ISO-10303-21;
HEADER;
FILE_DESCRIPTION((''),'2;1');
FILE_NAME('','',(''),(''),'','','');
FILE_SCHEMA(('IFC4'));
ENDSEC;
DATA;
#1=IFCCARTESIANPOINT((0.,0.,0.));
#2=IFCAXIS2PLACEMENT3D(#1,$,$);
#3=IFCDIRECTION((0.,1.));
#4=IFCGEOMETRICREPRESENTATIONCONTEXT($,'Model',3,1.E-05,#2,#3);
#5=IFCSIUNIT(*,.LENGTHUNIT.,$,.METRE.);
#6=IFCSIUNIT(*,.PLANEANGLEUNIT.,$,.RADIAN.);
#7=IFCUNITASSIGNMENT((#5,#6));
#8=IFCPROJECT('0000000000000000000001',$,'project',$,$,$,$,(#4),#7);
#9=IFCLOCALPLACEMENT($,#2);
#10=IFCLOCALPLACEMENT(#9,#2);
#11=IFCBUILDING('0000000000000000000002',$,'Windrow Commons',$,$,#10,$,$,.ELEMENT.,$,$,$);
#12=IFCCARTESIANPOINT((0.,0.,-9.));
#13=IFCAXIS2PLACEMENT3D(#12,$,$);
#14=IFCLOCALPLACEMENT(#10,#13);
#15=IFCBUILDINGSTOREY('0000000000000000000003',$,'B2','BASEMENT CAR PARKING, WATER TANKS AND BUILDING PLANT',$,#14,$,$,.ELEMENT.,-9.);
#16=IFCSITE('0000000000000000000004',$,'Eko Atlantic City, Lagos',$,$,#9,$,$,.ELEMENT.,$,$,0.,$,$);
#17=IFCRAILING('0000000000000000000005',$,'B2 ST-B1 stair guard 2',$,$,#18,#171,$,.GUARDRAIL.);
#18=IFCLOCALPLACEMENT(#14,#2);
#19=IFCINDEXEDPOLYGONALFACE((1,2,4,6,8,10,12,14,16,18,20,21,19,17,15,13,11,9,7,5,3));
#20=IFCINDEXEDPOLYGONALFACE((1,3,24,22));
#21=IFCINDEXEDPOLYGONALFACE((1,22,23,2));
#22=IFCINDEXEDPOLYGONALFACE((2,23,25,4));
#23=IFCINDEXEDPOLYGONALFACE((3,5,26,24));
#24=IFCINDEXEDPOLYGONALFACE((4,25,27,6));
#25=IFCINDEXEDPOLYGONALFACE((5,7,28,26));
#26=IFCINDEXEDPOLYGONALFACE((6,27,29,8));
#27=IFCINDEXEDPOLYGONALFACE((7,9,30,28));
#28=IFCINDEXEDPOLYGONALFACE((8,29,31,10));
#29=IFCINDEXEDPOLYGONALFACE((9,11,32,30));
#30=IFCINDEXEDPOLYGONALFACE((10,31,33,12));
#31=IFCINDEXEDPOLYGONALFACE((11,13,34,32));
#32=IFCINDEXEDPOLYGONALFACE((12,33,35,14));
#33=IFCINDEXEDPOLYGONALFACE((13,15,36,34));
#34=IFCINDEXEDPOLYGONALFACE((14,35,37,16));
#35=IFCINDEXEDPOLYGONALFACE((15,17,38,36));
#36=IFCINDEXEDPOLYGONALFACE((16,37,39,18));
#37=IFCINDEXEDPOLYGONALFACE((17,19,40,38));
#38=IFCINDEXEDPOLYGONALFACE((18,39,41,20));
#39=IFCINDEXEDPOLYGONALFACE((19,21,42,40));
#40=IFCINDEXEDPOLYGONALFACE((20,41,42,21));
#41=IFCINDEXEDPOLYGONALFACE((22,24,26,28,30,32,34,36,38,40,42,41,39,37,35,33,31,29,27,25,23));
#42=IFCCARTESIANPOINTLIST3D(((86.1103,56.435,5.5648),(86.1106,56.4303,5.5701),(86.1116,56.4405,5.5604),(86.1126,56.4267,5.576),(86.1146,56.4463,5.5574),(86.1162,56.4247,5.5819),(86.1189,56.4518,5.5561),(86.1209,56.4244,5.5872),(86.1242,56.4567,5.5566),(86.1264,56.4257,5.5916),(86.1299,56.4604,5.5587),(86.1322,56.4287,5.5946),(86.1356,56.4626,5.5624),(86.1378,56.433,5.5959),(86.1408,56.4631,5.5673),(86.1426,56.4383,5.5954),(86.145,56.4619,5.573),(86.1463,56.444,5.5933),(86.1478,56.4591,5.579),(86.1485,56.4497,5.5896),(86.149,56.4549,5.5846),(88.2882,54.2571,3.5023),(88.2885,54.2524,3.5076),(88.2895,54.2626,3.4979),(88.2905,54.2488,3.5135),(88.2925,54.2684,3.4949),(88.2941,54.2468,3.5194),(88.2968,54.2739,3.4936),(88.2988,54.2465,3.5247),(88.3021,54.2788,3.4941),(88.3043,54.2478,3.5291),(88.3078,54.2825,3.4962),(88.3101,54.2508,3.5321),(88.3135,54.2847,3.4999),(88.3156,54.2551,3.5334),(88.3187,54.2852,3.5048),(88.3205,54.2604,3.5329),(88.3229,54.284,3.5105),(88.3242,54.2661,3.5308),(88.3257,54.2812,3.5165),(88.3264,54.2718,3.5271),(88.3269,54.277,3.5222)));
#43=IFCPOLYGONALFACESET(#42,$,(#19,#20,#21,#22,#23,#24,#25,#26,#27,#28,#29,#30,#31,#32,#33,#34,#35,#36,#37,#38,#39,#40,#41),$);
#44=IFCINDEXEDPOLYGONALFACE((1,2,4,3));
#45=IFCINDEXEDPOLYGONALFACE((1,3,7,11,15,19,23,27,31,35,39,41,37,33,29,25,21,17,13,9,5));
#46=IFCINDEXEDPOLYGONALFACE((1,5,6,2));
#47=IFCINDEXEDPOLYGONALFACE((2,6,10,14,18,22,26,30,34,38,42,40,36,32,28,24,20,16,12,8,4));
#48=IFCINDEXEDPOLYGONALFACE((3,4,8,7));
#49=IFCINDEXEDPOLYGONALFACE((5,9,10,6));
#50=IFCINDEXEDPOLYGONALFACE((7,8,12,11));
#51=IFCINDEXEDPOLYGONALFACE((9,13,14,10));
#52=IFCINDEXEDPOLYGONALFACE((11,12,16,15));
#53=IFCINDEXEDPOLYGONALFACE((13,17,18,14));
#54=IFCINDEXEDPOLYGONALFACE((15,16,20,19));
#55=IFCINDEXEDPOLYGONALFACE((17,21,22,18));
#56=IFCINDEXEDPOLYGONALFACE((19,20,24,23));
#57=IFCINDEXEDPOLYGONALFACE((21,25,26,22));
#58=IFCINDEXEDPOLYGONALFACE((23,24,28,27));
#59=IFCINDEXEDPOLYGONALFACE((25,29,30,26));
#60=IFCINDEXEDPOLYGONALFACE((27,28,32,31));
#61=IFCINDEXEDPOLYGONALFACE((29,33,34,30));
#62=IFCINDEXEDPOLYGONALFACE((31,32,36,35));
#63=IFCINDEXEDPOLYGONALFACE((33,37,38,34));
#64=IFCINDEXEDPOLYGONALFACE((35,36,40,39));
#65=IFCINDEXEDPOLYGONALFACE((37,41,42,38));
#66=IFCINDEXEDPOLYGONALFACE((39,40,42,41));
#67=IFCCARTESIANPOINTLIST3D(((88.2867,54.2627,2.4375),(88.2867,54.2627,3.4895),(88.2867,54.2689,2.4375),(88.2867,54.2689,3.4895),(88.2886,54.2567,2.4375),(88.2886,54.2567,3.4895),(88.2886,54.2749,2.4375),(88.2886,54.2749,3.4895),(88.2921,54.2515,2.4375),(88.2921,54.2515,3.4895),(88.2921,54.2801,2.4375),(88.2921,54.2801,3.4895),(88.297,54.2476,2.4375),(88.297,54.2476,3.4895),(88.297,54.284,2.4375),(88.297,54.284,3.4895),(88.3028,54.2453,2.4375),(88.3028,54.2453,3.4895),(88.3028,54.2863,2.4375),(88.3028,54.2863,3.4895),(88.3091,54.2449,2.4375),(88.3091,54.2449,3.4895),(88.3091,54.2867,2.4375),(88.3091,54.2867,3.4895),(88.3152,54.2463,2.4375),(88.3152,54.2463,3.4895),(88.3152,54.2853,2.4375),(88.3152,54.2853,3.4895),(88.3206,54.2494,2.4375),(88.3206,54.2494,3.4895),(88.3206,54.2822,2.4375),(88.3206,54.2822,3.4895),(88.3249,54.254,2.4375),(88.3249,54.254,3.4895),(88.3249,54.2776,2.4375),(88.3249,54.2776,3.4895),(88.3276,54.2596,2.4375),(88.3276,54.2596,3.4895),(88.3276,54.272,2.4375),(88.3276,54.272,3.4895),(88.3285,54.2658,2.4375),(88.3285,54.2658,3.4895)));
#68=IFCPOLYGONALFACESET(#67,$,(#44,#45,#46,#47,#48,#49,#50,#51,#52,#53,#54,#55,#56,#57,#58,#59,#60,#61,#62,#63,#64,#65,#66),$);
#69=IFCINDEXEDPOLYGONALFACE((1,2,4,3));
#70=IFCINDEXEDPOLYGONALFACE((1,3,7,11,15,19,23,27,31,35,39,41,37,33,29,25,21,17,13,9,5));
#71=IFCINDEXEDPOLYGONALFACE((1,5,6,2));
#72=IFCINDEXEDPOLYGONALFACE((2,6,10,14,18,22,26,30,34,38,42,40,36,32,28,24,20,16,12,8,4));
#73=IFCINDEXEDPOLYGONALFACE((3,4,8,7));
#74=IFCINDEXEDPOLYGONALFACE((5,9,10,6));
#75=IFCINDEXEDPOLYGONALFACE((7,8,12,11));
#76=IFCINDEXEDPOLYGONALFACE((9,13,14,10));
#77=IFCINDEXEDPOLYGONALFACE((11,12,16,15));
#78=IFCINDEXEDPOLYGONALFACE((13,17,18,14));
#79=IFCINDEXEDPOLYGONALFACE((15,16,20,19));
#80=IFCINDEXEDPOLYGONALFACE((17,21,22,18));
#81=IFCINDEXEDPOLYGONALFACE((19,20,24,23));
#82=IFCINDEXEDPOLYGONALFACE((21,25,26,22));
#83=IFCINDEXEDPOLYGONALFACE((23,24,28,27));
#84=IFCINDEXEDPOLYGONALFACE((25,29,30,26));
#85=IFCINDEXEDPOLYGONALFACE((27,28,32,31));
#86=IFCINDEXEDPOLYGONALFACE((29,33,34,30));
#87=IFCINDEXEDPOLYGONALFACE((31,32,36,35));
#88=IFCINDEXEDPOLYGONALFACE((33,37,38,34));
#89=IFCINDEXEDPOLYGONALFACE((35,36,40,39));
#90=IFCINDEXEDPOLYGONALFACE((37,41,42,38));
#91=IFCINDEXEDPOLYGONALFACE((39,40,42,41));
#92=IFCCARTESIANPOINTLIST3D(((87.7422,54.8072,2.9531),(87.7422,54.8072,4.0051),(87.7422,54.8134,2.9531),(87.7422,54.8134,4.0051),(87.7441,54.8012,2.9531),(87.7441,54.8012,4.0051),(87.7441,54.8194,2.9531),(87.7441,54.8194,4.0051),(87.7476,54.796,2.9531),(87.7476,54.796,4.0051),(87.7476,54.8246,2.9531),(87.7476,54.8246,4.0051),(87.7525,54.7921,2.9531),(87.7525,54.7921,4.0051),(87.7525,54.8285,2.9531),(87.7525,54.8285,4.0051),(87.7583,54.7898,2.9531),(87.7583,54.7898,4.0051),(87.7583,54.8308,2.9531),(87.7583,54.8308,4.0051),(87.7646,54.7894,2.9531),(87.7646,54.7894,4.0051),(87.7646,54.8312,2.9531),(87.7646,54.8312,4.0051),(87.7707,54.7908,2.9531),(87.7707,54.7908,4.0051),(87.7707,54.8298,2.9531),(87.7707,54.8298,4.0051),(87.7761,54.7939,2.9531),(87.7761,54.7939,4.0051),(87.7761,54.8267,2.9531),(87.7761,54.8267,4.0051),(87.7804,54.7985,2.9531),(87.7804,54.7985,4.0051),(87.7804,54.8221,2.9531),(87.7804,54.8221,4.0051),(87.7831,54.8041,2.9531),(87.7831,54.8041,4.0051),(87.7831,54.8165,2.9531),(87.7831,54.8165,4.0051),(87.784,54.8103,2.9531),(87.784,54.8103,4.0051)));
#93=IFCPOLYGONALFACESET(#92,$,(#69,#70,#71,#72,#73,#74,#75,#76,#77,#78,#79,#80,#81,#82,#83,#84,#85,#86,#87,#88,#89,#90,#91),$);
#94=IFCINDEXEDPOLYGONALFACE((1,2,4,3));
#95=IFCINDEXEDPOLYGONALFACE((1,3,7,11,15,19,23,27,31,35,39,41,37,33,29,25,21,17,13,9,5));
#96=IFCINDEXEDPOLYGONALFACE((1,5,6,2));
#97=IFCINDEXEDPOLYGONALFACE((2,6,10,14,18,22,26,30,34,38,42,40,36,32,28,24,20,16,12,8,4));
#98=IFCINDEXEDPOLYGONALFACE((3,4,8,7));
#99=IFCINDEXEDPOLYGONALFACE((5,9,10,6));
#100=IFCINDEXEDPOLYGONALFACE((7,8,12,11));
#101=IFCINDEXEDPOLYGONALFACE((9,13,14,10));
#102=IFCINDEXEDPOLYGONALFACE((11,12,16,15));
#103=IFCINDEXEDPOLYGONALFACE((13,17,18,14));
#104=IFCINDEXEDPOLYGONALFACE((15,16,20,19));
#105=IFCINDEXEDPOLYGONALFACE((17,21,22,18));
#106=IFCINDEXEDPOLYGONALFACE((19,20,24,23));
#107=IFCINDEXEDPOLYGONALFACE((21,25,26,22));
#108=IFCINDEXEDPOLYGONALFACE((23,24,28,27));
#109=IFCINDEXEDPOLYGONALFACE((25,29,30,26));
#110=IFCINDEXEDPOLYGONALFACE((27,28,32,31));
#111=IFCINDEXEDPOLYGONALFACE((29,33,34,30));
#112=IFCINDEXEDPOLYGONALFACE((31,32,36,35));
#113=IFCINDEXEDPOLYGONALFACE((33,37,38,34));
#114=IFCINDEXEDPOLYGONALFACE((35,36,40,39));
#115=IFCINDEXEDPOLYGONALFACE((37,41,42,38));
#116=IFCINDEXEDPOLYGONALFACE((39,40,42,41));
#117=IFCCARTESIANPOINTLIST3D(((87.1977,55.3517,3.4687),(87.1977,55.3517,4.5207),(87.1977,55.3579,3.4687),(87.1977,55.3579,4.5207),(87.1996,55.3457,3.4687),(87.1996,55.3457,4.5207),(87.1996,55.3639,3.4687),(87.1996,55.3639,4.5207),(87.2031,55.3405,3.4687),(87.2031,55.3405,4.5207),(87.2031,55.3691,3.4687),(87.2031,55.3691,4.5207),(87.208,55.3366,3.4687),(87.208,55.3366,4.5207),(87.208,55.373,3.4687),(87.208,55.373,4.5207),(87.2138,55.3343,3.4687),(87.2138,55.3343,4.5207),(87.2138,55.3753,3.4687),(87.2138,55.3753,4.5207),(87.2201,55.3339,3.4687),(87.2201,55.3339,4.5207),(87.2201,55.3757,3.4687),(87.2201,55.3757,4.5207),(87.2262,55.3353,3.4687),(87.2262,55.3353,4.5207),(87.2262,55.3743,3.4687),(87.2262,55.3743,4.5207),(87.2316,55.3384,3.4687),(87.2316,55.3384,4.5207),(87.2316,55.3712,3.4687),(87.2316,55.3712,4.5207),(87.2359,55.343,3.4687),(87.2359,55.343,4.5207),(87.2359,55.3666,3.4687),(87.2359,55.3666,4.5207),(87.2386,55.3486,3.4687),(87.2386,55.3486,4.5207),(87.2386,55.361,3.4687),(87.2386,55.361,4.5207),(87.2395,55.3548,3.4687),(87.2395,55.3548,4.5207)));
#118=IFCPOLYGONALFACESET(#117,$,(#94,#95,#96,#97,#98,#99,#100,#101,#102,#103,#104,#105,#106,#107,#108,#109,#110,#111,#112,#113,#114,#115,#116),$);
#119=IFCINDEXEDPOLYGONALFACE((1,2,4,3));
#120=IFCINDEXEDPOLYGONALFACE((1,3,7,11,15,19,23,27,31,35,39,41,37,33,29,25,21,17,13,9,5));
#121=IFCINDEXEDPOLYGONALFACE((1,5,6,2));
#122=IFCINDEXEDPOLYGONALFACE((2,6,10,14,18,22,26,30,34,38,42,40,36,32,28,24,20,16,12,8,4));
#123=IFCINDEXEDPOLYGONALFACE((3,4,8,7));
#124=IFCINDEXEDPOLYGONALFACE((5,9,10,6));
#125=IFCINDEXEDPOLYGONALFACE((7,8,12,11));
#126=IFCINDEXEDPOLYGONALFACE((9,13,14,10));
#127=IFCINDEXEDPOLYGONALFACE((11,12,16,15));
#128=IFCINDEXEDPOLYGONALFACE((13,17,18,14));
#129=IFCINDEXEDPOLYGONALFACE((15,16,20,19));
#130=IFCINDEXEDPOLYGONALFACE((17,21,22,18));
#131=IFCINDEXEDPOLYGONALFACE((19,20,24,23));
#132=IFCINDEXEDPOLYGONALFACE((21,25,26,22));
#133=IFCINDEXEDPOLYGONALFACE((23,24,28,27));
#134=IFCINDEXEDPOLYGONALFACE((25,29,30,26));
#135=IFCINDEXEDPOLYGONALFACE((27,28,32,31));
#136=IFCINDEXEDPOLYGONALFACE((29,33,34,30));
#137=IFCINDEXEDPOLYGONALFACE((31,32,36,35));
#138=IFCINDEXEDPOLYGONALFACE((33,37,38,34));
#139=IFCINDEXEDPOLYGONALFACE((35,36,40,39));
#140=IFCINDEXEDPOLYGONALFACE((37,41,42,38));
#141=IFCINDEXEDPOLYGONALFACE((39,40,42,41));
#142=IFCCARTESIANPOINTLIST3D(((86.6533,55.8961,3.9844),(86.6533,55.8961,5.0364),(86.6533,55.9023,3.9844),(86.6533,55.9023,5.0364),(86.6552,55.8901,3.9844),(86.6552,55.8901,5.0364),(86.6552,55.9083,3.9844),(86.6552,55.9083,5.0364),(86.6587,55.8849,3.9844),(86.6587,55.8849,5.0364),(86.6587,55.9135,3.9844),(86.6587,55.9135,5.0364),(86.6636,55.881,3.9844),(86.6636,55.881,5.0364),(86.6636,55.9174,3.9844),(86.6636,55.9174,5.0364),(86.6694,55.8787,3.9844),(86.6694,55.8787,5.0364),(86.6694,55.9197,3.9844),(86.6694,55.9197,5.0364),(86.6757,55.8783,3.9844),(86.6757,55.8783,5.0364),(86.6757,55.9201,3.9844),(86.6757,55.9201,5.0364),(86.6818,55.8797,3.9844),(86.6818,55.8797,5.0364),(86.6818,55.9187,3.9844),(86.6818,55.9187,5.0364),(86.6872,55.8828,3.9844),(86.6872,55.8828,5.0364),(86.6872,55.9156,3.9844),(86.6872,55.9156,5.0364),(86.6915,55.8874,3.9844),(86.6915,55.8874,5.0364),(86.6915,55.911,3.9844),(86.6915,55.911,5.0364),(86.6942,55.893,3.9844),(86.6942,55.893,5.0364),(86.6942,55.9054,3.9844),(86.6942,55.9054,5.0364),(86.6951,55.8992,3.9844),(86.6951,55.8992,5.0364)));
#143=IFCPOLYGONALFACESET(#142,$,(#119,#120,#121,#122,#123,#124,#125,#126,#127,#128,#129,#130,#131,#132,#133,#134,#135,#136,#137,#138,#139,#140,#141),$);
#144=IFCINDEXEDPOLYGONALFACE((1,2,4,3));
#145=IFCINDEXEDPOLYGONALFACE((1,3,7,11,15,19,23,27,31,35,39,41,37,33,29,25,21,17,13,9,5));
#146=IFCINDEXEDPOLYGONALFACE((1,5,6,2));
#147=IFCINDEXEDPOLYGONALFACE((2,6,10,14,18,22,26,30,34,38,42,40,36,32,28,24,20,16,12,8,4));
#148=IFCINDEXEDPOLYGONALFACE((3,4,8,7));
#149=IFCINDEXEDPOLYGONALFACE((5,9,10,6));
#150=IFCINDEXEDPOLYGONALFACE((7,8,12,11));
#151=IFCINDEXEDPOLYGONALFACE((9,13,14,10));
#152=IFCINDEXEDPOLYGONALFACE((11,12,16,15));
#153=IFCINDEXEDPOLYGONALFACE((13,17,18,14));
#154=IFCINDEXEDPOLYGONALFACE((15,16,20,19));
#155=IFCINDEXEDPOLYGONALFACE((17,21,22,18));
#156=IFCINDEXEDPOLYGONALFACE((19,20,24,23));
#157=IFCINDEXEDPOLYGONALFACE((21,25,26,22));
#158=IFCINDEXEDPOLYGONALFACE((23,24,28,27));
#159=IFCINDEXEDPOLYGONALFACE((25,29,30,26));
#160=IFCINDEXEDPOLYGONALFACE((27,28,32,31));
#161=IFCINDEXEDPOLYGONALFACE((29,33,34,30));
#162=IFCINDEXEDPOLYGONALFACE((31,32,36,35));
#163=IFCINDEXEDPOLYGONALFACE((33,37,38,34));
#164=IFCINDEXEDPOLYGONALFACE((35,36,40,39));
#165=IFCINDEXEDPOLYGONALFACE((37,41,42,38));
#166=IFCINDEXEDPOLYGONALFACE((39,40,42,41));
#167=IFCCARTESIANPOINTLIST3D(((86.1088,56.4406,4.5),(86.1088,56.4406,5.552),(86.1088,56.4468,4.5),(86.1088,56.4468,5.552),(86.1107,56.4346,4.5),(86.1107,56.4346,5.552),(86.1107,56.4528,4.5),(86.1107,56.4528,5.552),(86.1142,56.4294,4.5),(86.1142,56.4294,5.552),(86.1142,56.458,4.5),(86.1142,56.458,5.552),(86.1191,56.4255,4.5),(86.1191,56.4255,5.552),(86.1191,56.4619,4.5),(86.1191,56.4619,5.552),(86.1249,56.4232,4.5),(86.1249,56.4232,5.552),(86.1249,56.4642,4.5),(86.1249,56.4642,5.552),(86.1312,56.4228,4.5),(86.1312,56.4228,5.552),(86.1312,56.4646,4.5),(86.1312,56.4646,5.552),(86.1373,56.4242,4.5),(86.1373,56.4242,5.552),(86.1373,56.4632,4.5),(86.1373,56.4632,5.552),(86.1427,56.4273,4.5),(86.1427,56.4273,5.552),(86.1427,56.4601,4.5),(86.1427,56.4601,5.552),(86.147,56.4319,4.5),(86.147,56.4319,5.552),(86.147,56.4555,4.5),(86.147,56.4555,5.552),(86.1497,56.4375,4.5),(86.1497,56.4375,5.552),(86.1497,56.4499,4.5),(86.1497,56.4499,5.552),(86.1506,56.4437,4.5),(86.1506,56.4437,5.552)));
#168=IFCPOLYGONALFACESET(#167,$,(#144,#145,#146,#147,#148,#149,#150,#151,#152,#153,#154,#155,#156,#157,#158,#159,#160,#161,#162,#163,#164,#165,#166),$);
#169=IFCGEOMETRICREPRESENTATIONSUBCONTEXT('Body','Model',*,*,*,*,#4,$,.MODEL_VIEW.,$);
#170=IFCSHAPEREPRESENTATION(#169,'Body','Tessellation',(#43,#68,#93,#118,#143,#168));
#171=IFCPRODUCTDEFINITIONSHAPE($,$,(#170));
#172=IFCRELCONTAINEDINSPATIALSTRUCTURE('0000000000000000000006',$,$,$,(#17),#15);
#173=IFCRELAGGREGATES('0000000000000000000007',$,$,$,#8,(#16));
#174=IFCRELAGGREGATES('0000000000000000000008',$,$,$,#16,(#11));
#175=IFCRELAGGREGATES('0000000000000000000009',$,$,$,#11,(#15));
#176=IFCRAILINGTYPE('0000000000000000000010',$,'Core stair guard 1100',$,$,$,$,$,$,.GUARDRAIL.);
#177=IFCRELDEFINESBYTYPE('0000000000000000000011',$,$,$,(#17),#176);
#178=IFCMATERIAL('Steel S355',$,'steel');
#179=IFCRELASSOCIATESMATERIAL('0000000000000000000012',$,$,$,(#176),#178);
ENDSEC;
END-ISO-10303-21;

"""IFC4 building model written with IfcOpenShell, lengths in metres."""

from ifc_helpers import new_model, si_unit, direction, frame, origin, origin_2d, place, context, subcontext, project, spatial, circle, extrude, material, type_object, element, save


model = new_model("IFC4")

# Units and contexts
model_context = context("Model", 3, precision=1e-05, world=origin(), true_north=direction((0.0, 1.0)))
body_context = subcontext(model_context, "Body", "Model", "MODEL_VIEW")
ifc_project = project(units=[si_unit("LENGTHUNIT", "METRE"), si_unit("PLANEANGLEUNIT", "RADIAN")], contexts=[model_context])

# Site, building, storey
site_placement = place(None, origin())
site = spatial("IfcSite", under=ifc_project, at=site_placement, Name="Eko Atlantic City, Lagos", CompositionType="ELEMENT", RefElevation=0.0)
building_placement = place(site_placement, origin())
building = spatial("IfcBuilding", under=site, at=building_placement, Name="Windrow Commons", CompositionType="ELEMENT")
storey_placement = place(building_placement, frame((0.0, 0.0, -9.0)))
storey = spatial("IfcBuildingStorey", under=building, at=storey_placement, Name="B2", Description="BASEMENT CAR PARKING, WATER TANKS AND BUILDING PLANT", CompositionType="ELEMENT", Elevation=-9.0)

# Railing
ifc_material_1 = material(Name="Steel S355", Category="steel")
railing_type_1 = type_object("IfcRailingType", Name="Core stair guard 1100", PredefinedType="GUARDRAIL", material=ifc_material_1)
railing_1_placement = place(storey_placement, frame((88.3075, 54.2658, 2.4375)))
element("IfcRailing", 1, at=railing_1_placement, inside=storey, type_object=railing_type_1, Name="B2 ST-B1 stair guard 2", PredefinedType="GUARDRAIL", context=body_context, shape_type="SweptSolid", body=[
    extrude(circle(Radius=0.024, at=origin_2d()), frame((0.0, 0.0, 1.076), z_axis=(-0.587541, 0.587541, 0.556409), x_axis=(-0.707107, -0.707107, 0.0)), (0.0, 0.0, 1.0), 3.7068),
    extrude(circle(Radius=0.021, at=origin_2d()), origin(), (0.0, 0.0, 1.0), 1.052),
    extrude(circle(Radius=0.021, at=origin_2d()), frame((-0.5445, 0.5445, 0.5156)), (0.0, 0.0, 1.0), 1.052),
    extrude(circle(Radius=0.021, at=origin_2d()), frame((-1.089, 1.089, 1.0312)), (0.0, 0.0, 1.0), 1.052),
    extrude(circle(Radius=0.021, at=origin_2d()), frame((-1.6334, 1.6334, 1.5469)), (0.0, 0.0, 1.0), 1.052),
    extrude(circle(Radius=0.021, at=origin_2d()), frame((-2.1779, 2.1779, 2.0625)), (0.0, 0.0, 1.0), 1.052),
])

save(model, "model.ifc")
